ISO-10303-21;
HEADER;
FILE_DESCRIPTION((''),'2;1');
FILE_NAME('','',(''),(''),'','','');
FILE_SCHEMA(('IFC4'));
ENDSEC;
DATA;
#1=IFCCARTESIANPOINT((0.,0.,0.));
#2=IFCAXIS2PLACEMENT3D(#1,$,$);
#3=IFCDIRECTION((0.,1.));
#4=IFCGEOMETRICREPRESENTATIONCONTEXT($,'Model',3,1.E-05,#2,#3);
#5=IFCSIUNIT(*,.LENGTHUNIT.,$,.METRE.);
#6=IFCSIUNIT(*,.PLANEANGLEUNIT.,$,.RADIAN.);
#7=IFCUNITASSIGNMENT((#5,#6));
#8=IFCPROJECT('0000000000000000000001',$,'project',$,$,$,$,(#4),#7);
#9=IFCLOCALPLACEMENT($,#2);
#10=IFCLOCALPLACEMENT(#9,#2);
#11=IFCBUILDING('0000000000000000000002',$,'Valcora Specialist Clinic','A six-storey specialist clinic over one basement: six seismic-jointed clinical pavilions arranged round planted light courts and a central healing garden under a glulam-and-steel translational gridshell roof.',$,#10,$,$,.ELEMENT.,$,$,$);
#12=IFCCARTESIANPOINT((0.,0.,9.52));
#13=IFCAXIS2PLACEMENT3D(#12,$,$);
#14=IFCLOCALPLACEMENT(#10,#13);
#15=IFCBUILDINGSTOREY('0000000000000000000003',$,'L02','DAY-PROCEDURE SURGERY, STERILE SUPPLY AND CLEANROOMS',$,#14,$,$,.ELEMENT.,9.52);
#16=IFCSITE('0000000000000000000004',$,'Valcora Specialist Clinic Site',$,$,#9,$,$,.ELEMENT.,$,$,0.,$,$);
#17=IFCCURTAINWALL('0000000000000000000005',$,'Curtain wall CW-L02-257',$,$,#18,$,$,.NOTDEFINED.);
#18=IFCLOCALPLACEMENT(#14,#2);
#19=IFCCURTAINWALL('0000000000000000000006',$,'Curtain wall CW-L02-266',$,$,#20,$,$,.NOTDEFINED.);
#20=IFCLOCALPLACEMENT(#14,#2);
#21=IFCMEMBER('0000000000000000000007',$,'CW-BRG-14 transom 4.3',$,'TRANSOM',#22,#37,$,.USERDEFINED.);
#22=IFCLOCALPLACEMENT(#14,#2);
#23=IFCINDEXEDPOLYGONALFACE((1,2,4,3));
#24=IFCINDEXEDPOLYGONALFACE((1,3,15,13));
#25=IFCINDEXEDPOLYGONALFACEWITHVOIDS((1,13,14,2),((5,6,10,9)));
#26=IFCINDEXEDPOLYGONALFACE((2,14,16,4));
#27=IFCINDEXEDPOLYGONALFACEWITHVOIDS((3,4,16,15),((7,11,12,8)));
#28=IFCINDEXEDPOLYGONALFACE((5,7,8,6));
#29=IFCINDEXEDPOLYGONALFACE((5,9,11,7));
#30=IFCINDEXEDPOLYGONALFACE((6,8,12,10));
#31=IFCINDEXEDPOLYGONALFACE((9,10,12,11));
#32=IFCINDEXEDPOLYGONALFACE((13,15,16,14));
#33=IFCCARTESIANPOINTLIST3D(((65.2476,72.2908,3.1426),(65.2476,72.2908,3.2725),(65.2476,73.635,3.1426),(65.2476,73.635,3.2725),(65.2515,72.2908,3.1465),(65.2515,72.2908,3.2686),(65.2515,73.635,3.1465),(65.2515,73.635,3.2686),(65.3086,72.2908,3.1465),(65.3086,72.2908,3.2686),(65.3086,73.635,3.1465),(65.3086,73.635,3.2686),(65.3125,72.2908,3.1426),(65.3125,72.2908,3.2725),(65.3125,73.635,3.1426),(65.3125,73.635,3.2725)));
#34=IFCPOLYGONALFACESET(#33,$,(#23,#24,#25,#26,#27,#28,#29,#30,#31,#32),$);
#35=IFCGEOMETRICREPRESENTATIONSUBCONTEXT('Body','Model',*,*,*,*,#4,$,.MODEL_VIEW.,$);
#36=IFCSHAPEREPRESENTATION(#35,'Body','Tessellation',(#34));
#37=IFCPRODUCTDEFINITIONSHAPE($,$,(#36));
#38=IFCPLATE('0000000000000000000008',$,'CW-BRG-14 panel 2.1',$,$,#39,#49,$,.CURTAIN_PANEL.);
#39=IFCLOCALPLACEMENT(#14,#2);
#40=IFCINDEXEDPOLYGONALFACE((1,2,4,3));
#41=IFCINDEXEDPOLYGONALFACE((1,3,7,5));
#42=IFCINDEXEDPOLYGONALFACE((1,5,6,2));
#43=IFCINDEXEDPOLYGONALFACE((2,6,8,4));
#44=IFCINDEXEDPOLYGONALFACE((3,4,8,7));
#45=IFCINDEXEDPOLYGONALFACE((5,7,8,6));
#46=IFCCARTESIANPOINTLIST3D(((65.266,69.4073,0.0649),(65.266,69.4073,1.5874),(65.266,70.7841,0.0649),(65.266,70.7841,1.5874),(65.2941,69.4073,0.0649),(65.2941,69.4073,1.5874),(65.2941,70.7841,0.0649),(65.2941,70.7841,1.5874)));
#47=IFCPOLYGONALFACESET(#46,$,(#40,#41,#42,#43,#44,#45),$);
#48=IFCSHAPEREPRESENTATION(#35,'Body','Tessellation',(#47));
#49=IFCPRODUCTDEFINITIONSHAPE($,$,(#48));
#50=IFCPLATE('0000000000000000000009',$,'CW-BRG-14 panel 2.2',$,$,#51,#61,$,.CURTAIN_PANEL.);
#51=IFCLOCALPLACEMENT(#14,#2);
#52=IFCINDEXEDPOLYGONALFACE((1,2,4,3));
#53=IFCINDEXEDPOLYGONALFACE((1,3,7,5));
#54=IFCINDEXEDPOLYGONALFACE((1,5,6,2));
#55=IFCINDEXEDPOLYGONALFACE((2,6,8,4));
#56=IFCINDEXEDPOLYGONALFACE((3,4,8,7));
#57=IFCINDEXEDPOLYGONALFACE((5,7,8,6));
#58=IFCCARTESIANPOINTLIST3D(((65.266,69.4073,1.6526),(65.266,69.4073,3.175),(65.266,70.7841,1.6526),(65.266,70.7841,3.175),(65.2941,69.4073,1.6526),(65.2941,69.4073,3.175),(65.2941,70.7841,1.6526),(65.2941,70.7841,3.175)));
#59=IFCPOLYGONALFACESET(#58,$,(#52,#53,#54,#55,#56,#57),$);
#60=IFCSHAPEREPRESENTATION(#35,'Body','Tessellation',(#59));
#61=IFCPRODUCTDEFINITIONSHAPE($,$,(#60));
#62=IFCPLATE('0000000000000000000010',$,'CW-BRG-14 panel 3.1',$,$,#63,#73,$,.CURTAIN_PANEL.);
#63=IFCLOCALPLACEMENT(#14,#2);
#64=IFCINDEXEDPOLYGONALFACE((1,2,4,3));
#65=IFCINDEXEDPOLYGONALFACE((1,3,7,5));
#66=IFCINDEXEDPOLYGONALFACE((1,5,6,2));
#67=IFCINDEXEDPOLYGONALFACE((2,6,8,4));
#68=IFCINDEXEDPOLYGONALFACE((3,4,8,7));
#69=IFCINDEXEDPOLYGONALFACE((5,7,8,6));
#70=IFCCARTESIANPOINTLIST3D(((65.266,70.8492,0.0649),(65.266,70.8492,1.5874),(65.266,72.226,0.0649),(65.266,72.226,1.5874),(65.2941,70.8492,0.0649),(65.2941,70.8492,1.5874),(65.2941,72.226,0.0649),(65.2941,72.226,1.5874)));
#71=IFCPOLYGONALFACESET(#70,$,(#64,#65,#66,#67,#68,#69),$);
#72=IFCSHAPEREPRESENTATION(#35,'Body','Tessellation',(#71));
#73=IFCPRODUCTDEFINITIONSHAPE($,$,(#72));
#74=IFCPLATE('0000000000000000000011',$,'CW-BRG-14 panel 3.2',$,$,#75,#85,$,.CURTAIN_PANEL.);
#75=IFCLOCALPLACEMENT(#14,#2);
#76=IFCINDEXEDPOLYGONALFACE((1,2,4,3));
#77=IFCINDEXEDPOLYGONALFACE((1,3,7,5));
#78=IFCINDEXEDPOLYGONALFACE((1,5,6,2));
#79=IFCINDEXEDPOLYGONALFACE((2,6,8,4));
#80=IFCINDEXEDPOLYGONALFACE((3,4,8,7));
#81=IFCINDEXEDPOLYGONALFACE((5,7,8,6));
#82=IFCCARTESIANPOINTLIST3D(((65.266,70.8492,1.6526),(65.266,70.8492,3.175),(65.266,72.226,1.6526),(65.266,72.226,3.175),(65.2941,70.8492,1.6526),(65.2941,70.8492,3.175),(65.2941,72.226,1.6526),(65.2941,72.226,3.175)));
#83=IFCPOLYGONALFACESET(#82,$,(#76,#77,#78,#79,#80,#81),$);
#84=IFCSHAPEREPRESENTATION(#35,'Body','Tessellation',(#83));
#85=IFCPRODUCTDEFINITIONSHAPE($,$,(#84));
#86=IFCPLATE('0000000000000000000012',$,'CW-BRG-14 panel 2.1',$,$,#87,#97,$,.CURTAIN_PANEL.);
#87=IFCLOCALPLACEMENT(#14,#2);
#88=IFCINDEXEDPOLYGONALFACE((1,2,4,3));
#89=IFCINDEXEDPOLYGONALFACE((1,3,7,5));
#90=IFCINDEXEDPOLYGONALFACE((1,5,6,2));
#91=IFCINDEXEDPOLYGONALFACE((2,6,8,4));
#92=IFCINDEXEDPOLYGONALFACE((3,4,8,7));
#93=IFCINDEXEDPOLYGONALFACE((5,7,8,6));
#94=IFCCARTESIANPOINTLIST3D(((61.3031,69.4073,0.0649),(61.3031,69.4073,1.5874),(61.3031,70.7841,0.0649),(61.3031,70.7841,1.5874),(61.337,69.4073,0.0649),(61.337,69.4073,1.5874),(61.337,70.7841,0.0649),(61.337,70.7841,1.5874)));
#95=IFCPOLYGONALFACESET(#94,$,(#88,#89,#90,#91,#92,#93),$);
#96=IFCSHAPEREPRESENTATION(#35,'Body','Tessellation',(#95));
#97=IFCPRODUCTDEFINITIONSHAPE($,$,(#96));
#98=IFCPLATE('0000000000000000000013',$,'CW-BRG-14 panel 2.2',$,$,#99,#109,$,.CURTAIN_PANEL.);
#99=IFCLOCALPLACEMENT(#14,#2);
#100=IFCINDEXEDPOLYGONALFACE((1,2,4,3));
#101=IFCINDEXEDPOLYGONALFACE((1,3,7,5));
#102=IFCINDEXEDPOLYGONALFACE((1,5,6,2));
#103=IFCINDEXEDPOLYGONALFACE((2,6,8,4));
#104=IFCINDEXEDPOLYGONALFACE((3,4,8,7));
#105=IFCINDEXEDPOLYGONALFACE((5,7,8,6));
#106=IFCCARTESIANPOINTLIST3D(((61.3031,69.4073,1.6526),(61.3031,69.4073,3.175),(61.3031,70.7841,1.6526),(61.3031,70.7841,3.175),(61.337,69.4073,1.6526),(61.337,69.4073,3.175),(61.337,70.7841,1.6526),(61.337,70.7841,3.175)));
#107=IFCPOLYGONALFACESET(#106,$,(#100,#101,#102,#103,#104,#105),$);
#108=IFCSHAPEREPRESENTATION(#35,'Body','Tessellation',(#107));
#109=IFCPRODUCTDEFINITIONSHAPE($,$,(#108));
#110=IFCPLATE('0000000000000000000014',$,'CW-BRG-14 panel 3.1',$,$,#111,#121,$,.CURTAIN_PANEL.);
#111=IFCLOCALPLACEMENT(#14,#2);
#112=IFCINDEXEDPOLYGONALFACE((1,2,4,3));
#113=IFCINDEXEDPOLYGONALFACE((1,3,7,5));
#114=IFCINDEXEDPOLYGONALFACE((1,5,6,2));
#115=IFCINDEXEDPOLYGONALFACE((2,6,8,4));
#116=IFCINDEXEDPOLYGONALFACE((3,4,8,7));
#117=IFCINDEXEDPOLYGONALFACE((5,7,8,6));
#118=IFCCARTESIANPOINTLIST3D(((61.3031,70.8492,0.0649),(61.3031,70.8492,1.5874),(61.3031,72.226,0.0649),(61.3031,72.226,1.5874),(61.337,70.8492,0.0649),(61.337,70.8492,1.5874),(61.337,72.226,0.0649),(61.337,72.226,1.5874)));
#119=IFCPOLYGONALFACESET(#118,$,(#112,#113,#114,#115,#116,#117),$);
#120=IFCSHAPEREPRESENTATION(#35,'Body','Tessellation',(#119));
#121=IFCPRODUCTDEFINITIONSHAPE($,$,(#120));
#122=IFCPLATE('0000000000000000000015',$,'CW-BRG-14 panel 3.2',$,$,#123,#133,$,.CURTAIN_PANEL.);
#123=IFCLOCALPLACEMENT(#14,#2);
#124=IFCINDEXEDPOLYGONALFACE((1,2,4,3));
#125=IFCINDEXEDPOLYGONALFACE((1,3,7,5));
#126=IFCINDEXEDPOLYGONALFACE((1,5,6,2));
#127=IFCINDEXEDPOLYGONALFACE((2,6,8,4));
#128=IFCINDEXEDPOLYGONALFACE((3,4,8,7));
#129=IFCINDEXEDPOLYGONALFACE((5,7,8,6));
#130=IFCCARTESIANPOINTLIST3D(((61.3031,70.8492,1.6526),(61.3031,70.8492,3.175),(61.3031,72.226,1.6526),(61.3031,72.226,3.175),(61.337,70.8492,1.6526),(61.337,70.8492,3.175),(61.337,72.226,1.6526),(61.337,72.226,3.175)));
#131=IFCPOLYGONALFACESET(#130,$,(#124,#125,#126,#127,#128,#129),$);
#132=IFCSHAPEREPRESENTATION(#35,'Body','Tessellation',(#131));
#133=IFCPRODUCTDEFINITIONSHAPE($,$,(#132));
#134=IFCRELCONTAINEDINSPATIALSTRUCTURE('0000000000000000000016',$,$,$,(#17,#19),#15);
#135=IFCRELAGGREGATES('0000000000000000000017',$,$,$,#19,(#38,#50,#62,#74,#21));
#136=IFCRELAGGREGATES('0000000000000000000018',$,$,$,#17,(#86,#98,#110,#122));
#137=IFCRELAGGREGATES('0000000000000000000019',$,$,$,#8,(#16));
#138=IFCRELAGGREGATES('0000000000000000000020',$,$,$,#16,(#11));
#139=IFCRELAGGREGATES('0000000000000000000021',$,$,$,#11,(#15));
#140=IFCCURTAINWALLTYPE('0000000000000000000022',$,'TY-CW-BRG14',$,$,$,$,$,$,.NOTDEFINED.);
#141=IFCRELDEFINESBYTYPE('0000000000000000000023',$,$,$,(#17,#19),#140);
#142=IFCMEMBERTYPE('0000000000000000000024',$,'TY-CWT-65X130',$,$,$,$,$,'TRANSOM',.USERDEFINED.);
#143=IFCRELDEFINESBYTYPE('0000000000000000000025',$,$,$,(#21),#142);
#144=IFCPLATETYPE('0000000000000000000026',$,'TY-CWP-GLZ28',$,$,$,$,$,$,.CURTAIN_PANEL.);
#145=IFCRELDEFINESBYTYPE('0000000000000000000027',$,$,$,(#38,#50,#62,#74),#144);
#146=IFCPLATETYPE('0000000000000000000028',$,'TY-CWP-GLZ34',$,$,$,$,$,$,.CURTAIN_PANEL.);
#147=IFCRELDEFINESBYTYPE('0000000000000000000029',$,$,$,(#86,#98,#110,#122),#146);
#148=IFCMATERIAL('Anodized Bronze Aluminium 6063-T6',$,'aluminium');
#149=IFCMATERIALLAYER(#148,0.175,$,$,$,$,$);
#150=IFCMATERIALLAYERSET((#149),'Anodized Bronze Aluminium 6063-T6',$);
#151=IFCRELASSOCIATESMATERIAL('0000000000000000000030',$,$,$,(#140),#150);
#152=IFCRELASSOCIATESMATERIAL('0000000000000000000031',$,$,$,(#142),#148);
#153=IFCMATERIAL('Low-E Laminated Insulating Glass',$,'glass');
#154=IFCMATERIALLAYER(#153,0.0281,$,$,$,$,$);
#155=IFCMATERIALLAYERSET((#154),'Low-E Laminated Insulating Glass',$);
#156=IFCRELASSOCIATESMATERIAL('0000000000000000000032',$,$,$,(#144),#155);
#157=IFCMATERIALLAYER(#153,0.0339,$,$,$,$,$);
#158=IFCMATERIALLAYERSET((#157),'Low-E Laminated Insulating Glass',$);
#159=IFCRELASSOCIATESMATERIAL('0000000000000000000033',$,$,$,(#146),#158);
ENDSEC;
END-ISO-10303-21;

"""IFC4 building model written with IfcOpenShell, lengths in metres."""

from ifc_helpers import new_model, si_unit, direction, frame, origin, origin_2d, place, context, subcontext, project, spatial, rectangle, hollow_rectangle, extrude, material, layer, layer_set, material_profile, profile_set, type_object, element, aggregate, save


model = new_model("IFC4")

# Units and contexts
model_context = context("Model", 3, precision=1e-05, world=origin(), true_north=direction((0.0, 1.0)))
body_context = subcontext(model_context, "Body", "Model", "MODEL_VIEW")
ifc_project = project(units=[si_unit("LENGTHUNIT", "METRE"), si_unit("PLANEANGLEUNIT", "RADIAN")], contexts=[model_context])

# Site, building, storey
site_placement = place(None, origin())
site = spatial("IfcSite", under=ifc_project, at=site_placement, Name="Valcora Specialist Clinic Site", CompositionType="ELEMENT", RefElevation=0.0)
building_placement = place(site_placement, origin())
building = spatial("IfcBuilding", under=site, at=building_placement, Name="Valcora Specialist Clinic", Description="A six-storey specialist clinic over one basement: six seismic-jointed clinical pavilions arranged round planted light courts and a central healing garden under a glulam-and-steel translational gridshell roof.", CompositionType="ELEMENT")
storey_placement = place(building_placement, frame((0.0, 0.0, 9.52)))
storey = spatial("IfcBuildingStorey", under=building, at=storey_placement, Name="L02", Description="DAY-PROCEDURE SURGERY, STERILE SUPPLY AND CLEANROOMS", CompositionType="ELEMENT", Elevation=9.52)

# Curtain walls
ifc_material_1 = material(Name="Anodized Bronze Aluminium 6063-T6", Category="aluminium")
ifc_layer_1 = layer(ifc_material_1, 0.175)
ifc_layer_set_1 = layer_set([ifc_layer_1], Name="Anodized Bronze Aluminium 6063-T6")
curtain_wall_type = type_object("IfcCurtainWallType", Name="TY-CW-BRG14", PredefinedType="NOTDEFINED", material=ifc_layer_set_1)
curtain_wall_1_placement = place(storey_placement, origin())
curtain_wall_1 = element("IfcCurtainWall", 1, at=curtain_wall_1_placement, inside=storey, type_object=curtain_wall_type, Name="Curtain wall CW-L02-257", PredefinedType="NOTDEFINED")
curtain_wall_2_placement = place(storey_placement, origin())
curtain_wall_2 = element("IfcCurtainWall", 2, at=curtain_wall_2_placement, inside=storey, type_object=curtain_wall_type, Name="Curtain wall CW-L02-266", PredefinedType="NOTDEFINED")

# Member
ifc_material_profile_1 = material_profile(ifc_material_1, hollow_rectangle(XDim=0.0649, YDim=0.1299, WallThickness=0.0039, at=origin_2d()), Name="AL-TRN-65X130")
ifc_profile_set_1 = profile_set([ifc_material_profile_1], Name="Anodized Bronze Aluminium 6063-T6")
member_type_1 = type_object("IfcMemberType", Name="TY-CWT-65X130", ElementType="TRANSOM", PredefinedType="USERDEFINED", material=ifc_profile_set_1)
member_1_placement = place(storey_placement, frame((65.28, 72.2908, 3.2075), z_axis=(0.0, 1.0, 0.0), x_axis=(-1.0, 0.0, 0.0)))
member_1 = element("IfcMember", 3, at=member_1_placement, type_object=member_type_1, Name="CW-BRG-14 transom 4.3", ObjectType="TRANSOM", PredefinedType="USERDEFINED", context=body_context, shape_type="SweptSolid", body=[
    extrude(hollow_rectangle(XDim=0.0649, YDim=0.1299, WallThickness=0.0039, at=origin_2d()), origin(), (0.0, 0.0, 1.0), 1.3442),
])

# Plates
ifc_material_2 = material(Name="Low-E Laminated Insulating Glass", Category="glass")
ifc_layer_2 = layer(ifc_material_2, 0.0281)
ifc_layer_set_2 = layer_set([ifc_layer_2], Name="Low-E Laminated Insulating Glass")
plate_type_1 = type_object("IfcPlateType", Name="TY-CWP-GLZ28", PredefinedType="CURTAIN_PANEL", material=ifc_layer_set_2)
plate_1_placement = place(storey_placement, frame((65.28, 70.0957, 0.0649), z_axis=(0.0, 0.0, 1.0), x_axis=(0.0, 1.0, 0.0)))
plate_1 = element("IfcPlate", 4, at=plate_1_placement, type_object=plate_type_1, Name="CW-BRG-14 panel 2.1", PredefinedType="CURTAIN_PANEL", context=body_context, shape_type="SweptSolid", body=[
    extrude(rectangle(XDim=1.3767, YDim=0.0281, at=origin_2d()), origin(), (0.0, 0.0, 1.0), 1.5225),
])
plate_2_placement = place(storey_placement, frame((65.28, 70.0957, 1.6526), z_axis=(0.0, 0.0, 1.0), x_axis=(0.0, 1.0, 0.0)))
plate_2 = element("IfcPlate", 5, at=plate_2_placement, type_object=plate_type_1, Name="CW-BRG-14 panel 2.2", PredefinedType="CURTAIN_PANEL", context=body_context, shape_type="SweptSolid", body=[
    extrude(rectangle(XDim=1.3767, YDim=0.0281, at=origin_2d()), origin(), (0.0, 0.0, 1.0), 1.5225),
])
plate_3_placement = place(storey_placement, frame((65.28, 71.5376, 0.0649), z_axis=(0.0, 0.0, 1.0), x_axis=(0.0, 1.0, 0.0)))
plate_3 = element("IfcPlate", 6, at=plate_3_placement, type_object=plate_type_1, Name="CW-BRG-14 panel 3.1", PredefinedType="CURTAIN_PANEL", context=body_context, shape_type="SweptSolid", body=[
    extrude(rectangle(XDim=1.3767, YDim=0.0281, at=origin_2d()), origin(), (0.0, 0.0, 1.0), 1.5225),
])
plate_4_placement = place(storey_placement, frame((65.28, 71.5376, 1.6526), z_axis=(0.0, 0.0, 1.0), x_axis=(0.0, 1.0, 0.0)))
plate_4 = element("IfcPlate", 7, at=plate_4_placement, type_object=plate_type_1, Name="CW-BRG-14 panel 3.2", PredefinedType="CURTAIN_PANEL", context=body_context, shape_type="SweptSolid", body=[
    extrude(rectangle(XDim=1.3767, YDim=0.0281, at=origin_2d()), origin(), (0.0, 0.0, 1.0), 1.5225),
])
aggregate(curtain_wall_2, [plate_1, plate_2, plate_3, plate_4, member_1])
ifc_layer_3 = layer(ifc_material_2, 0.0339)
ifc_layer_set_3 = layer_set([ifc_layer_3], Name="Low-E Laminated Insulating Glass")
plate_type_2 = type_object("IfcPlateType", Name="TY-CWP-GLZ34", PredefinedType="CURTAIN_PANEL", material=ifc_layer_set_3)
plate_5_placement = place(storey_placement, frame((61.3201, 70.0957, 0.0649), z_axis=(0.0, 0.0, 1.0), x_axis=(0.0, 1.0, 0.0)))
plate_5 = element("IfcPlate", 8, at=plate_5_placement, type_object=plate_type_2, Name="CW-BRG-14 panel 2.1", PredefinedType="CURTAIN_PANEL", context=body_context, shape_type="SweptSolid", body=[
    extrude(rectangle(XDim=1.3767, YDim=0.0339, at=origin_2d()), origin(), (0.0, 0.0, 1.0), 1.5225),
])
plate_6_placement = place(storey_placement, frame((61.3201, 70.0957, 1.6526), z_axis=(0.0, 0.0, 1.0), x_axis=(0.0, 1.0, 0.0)))
plate_6 = element("IfcPlate", 9, at=plate_6_placement, type_object=plate_type_2, Name="CW-BRG-14 panel 2.2", PredefinedType="CURTAIN_PANEL", context=body_context, shape_type="SweptSolid", body=[
    extrude(rectangle(XDim=1.3767, YDim=0.0339, at=origin_2d()), origin(), (0.0, 0.0, 1.0), 1.5225),
])
plate_7_placement = place(storey_placement, frame((61.3201, 71.5376, 0.0649), z_axis=(0.0, 0.0, 1.0), x_axis=(0.0, 1.0, 0.0)))
plate_7 = element("IfcPlate", 10, at=plate_7_placement, type_object=plate_type_2, Name="CW-BRG-14 panel 3.1", PredefinedType="CURTAIN_PANEL", context=body_context, shape_type="SweptSolid", body=[
    extrude(rectangle(XDim=1.3767, YDim=0.0339, at=origin_2d()), origin(), (0.0, 0.0, 1.0), 1.5225),
])
plate_8_placement = place(storey_placement, frame((61.3201, 71.5376, 1.6526), z_axis=(0.0, 0.0, 1.0), x_axis=(0.0, 1.0, 0.0)))
plate_8 = element("IfcPlate", 11, at=plate_8_placement, type_object=plate_type_2, Name="CW-BRG-14 panel 3.2", PredefinedType="CURTAIN_PANEL", context=body_context, shape_type="SweptSolid", body=[
    extrude(rectangle(XDim=1.3767, YDim=0.0339, at=origin_2d()), origin(), (0.0, 0.0, 1.0), 1.5225),
])
aggregate(curtain_wall_1, [plate_5, plate_6, plate_7, plate_8])

save(model, "model.ifc")
